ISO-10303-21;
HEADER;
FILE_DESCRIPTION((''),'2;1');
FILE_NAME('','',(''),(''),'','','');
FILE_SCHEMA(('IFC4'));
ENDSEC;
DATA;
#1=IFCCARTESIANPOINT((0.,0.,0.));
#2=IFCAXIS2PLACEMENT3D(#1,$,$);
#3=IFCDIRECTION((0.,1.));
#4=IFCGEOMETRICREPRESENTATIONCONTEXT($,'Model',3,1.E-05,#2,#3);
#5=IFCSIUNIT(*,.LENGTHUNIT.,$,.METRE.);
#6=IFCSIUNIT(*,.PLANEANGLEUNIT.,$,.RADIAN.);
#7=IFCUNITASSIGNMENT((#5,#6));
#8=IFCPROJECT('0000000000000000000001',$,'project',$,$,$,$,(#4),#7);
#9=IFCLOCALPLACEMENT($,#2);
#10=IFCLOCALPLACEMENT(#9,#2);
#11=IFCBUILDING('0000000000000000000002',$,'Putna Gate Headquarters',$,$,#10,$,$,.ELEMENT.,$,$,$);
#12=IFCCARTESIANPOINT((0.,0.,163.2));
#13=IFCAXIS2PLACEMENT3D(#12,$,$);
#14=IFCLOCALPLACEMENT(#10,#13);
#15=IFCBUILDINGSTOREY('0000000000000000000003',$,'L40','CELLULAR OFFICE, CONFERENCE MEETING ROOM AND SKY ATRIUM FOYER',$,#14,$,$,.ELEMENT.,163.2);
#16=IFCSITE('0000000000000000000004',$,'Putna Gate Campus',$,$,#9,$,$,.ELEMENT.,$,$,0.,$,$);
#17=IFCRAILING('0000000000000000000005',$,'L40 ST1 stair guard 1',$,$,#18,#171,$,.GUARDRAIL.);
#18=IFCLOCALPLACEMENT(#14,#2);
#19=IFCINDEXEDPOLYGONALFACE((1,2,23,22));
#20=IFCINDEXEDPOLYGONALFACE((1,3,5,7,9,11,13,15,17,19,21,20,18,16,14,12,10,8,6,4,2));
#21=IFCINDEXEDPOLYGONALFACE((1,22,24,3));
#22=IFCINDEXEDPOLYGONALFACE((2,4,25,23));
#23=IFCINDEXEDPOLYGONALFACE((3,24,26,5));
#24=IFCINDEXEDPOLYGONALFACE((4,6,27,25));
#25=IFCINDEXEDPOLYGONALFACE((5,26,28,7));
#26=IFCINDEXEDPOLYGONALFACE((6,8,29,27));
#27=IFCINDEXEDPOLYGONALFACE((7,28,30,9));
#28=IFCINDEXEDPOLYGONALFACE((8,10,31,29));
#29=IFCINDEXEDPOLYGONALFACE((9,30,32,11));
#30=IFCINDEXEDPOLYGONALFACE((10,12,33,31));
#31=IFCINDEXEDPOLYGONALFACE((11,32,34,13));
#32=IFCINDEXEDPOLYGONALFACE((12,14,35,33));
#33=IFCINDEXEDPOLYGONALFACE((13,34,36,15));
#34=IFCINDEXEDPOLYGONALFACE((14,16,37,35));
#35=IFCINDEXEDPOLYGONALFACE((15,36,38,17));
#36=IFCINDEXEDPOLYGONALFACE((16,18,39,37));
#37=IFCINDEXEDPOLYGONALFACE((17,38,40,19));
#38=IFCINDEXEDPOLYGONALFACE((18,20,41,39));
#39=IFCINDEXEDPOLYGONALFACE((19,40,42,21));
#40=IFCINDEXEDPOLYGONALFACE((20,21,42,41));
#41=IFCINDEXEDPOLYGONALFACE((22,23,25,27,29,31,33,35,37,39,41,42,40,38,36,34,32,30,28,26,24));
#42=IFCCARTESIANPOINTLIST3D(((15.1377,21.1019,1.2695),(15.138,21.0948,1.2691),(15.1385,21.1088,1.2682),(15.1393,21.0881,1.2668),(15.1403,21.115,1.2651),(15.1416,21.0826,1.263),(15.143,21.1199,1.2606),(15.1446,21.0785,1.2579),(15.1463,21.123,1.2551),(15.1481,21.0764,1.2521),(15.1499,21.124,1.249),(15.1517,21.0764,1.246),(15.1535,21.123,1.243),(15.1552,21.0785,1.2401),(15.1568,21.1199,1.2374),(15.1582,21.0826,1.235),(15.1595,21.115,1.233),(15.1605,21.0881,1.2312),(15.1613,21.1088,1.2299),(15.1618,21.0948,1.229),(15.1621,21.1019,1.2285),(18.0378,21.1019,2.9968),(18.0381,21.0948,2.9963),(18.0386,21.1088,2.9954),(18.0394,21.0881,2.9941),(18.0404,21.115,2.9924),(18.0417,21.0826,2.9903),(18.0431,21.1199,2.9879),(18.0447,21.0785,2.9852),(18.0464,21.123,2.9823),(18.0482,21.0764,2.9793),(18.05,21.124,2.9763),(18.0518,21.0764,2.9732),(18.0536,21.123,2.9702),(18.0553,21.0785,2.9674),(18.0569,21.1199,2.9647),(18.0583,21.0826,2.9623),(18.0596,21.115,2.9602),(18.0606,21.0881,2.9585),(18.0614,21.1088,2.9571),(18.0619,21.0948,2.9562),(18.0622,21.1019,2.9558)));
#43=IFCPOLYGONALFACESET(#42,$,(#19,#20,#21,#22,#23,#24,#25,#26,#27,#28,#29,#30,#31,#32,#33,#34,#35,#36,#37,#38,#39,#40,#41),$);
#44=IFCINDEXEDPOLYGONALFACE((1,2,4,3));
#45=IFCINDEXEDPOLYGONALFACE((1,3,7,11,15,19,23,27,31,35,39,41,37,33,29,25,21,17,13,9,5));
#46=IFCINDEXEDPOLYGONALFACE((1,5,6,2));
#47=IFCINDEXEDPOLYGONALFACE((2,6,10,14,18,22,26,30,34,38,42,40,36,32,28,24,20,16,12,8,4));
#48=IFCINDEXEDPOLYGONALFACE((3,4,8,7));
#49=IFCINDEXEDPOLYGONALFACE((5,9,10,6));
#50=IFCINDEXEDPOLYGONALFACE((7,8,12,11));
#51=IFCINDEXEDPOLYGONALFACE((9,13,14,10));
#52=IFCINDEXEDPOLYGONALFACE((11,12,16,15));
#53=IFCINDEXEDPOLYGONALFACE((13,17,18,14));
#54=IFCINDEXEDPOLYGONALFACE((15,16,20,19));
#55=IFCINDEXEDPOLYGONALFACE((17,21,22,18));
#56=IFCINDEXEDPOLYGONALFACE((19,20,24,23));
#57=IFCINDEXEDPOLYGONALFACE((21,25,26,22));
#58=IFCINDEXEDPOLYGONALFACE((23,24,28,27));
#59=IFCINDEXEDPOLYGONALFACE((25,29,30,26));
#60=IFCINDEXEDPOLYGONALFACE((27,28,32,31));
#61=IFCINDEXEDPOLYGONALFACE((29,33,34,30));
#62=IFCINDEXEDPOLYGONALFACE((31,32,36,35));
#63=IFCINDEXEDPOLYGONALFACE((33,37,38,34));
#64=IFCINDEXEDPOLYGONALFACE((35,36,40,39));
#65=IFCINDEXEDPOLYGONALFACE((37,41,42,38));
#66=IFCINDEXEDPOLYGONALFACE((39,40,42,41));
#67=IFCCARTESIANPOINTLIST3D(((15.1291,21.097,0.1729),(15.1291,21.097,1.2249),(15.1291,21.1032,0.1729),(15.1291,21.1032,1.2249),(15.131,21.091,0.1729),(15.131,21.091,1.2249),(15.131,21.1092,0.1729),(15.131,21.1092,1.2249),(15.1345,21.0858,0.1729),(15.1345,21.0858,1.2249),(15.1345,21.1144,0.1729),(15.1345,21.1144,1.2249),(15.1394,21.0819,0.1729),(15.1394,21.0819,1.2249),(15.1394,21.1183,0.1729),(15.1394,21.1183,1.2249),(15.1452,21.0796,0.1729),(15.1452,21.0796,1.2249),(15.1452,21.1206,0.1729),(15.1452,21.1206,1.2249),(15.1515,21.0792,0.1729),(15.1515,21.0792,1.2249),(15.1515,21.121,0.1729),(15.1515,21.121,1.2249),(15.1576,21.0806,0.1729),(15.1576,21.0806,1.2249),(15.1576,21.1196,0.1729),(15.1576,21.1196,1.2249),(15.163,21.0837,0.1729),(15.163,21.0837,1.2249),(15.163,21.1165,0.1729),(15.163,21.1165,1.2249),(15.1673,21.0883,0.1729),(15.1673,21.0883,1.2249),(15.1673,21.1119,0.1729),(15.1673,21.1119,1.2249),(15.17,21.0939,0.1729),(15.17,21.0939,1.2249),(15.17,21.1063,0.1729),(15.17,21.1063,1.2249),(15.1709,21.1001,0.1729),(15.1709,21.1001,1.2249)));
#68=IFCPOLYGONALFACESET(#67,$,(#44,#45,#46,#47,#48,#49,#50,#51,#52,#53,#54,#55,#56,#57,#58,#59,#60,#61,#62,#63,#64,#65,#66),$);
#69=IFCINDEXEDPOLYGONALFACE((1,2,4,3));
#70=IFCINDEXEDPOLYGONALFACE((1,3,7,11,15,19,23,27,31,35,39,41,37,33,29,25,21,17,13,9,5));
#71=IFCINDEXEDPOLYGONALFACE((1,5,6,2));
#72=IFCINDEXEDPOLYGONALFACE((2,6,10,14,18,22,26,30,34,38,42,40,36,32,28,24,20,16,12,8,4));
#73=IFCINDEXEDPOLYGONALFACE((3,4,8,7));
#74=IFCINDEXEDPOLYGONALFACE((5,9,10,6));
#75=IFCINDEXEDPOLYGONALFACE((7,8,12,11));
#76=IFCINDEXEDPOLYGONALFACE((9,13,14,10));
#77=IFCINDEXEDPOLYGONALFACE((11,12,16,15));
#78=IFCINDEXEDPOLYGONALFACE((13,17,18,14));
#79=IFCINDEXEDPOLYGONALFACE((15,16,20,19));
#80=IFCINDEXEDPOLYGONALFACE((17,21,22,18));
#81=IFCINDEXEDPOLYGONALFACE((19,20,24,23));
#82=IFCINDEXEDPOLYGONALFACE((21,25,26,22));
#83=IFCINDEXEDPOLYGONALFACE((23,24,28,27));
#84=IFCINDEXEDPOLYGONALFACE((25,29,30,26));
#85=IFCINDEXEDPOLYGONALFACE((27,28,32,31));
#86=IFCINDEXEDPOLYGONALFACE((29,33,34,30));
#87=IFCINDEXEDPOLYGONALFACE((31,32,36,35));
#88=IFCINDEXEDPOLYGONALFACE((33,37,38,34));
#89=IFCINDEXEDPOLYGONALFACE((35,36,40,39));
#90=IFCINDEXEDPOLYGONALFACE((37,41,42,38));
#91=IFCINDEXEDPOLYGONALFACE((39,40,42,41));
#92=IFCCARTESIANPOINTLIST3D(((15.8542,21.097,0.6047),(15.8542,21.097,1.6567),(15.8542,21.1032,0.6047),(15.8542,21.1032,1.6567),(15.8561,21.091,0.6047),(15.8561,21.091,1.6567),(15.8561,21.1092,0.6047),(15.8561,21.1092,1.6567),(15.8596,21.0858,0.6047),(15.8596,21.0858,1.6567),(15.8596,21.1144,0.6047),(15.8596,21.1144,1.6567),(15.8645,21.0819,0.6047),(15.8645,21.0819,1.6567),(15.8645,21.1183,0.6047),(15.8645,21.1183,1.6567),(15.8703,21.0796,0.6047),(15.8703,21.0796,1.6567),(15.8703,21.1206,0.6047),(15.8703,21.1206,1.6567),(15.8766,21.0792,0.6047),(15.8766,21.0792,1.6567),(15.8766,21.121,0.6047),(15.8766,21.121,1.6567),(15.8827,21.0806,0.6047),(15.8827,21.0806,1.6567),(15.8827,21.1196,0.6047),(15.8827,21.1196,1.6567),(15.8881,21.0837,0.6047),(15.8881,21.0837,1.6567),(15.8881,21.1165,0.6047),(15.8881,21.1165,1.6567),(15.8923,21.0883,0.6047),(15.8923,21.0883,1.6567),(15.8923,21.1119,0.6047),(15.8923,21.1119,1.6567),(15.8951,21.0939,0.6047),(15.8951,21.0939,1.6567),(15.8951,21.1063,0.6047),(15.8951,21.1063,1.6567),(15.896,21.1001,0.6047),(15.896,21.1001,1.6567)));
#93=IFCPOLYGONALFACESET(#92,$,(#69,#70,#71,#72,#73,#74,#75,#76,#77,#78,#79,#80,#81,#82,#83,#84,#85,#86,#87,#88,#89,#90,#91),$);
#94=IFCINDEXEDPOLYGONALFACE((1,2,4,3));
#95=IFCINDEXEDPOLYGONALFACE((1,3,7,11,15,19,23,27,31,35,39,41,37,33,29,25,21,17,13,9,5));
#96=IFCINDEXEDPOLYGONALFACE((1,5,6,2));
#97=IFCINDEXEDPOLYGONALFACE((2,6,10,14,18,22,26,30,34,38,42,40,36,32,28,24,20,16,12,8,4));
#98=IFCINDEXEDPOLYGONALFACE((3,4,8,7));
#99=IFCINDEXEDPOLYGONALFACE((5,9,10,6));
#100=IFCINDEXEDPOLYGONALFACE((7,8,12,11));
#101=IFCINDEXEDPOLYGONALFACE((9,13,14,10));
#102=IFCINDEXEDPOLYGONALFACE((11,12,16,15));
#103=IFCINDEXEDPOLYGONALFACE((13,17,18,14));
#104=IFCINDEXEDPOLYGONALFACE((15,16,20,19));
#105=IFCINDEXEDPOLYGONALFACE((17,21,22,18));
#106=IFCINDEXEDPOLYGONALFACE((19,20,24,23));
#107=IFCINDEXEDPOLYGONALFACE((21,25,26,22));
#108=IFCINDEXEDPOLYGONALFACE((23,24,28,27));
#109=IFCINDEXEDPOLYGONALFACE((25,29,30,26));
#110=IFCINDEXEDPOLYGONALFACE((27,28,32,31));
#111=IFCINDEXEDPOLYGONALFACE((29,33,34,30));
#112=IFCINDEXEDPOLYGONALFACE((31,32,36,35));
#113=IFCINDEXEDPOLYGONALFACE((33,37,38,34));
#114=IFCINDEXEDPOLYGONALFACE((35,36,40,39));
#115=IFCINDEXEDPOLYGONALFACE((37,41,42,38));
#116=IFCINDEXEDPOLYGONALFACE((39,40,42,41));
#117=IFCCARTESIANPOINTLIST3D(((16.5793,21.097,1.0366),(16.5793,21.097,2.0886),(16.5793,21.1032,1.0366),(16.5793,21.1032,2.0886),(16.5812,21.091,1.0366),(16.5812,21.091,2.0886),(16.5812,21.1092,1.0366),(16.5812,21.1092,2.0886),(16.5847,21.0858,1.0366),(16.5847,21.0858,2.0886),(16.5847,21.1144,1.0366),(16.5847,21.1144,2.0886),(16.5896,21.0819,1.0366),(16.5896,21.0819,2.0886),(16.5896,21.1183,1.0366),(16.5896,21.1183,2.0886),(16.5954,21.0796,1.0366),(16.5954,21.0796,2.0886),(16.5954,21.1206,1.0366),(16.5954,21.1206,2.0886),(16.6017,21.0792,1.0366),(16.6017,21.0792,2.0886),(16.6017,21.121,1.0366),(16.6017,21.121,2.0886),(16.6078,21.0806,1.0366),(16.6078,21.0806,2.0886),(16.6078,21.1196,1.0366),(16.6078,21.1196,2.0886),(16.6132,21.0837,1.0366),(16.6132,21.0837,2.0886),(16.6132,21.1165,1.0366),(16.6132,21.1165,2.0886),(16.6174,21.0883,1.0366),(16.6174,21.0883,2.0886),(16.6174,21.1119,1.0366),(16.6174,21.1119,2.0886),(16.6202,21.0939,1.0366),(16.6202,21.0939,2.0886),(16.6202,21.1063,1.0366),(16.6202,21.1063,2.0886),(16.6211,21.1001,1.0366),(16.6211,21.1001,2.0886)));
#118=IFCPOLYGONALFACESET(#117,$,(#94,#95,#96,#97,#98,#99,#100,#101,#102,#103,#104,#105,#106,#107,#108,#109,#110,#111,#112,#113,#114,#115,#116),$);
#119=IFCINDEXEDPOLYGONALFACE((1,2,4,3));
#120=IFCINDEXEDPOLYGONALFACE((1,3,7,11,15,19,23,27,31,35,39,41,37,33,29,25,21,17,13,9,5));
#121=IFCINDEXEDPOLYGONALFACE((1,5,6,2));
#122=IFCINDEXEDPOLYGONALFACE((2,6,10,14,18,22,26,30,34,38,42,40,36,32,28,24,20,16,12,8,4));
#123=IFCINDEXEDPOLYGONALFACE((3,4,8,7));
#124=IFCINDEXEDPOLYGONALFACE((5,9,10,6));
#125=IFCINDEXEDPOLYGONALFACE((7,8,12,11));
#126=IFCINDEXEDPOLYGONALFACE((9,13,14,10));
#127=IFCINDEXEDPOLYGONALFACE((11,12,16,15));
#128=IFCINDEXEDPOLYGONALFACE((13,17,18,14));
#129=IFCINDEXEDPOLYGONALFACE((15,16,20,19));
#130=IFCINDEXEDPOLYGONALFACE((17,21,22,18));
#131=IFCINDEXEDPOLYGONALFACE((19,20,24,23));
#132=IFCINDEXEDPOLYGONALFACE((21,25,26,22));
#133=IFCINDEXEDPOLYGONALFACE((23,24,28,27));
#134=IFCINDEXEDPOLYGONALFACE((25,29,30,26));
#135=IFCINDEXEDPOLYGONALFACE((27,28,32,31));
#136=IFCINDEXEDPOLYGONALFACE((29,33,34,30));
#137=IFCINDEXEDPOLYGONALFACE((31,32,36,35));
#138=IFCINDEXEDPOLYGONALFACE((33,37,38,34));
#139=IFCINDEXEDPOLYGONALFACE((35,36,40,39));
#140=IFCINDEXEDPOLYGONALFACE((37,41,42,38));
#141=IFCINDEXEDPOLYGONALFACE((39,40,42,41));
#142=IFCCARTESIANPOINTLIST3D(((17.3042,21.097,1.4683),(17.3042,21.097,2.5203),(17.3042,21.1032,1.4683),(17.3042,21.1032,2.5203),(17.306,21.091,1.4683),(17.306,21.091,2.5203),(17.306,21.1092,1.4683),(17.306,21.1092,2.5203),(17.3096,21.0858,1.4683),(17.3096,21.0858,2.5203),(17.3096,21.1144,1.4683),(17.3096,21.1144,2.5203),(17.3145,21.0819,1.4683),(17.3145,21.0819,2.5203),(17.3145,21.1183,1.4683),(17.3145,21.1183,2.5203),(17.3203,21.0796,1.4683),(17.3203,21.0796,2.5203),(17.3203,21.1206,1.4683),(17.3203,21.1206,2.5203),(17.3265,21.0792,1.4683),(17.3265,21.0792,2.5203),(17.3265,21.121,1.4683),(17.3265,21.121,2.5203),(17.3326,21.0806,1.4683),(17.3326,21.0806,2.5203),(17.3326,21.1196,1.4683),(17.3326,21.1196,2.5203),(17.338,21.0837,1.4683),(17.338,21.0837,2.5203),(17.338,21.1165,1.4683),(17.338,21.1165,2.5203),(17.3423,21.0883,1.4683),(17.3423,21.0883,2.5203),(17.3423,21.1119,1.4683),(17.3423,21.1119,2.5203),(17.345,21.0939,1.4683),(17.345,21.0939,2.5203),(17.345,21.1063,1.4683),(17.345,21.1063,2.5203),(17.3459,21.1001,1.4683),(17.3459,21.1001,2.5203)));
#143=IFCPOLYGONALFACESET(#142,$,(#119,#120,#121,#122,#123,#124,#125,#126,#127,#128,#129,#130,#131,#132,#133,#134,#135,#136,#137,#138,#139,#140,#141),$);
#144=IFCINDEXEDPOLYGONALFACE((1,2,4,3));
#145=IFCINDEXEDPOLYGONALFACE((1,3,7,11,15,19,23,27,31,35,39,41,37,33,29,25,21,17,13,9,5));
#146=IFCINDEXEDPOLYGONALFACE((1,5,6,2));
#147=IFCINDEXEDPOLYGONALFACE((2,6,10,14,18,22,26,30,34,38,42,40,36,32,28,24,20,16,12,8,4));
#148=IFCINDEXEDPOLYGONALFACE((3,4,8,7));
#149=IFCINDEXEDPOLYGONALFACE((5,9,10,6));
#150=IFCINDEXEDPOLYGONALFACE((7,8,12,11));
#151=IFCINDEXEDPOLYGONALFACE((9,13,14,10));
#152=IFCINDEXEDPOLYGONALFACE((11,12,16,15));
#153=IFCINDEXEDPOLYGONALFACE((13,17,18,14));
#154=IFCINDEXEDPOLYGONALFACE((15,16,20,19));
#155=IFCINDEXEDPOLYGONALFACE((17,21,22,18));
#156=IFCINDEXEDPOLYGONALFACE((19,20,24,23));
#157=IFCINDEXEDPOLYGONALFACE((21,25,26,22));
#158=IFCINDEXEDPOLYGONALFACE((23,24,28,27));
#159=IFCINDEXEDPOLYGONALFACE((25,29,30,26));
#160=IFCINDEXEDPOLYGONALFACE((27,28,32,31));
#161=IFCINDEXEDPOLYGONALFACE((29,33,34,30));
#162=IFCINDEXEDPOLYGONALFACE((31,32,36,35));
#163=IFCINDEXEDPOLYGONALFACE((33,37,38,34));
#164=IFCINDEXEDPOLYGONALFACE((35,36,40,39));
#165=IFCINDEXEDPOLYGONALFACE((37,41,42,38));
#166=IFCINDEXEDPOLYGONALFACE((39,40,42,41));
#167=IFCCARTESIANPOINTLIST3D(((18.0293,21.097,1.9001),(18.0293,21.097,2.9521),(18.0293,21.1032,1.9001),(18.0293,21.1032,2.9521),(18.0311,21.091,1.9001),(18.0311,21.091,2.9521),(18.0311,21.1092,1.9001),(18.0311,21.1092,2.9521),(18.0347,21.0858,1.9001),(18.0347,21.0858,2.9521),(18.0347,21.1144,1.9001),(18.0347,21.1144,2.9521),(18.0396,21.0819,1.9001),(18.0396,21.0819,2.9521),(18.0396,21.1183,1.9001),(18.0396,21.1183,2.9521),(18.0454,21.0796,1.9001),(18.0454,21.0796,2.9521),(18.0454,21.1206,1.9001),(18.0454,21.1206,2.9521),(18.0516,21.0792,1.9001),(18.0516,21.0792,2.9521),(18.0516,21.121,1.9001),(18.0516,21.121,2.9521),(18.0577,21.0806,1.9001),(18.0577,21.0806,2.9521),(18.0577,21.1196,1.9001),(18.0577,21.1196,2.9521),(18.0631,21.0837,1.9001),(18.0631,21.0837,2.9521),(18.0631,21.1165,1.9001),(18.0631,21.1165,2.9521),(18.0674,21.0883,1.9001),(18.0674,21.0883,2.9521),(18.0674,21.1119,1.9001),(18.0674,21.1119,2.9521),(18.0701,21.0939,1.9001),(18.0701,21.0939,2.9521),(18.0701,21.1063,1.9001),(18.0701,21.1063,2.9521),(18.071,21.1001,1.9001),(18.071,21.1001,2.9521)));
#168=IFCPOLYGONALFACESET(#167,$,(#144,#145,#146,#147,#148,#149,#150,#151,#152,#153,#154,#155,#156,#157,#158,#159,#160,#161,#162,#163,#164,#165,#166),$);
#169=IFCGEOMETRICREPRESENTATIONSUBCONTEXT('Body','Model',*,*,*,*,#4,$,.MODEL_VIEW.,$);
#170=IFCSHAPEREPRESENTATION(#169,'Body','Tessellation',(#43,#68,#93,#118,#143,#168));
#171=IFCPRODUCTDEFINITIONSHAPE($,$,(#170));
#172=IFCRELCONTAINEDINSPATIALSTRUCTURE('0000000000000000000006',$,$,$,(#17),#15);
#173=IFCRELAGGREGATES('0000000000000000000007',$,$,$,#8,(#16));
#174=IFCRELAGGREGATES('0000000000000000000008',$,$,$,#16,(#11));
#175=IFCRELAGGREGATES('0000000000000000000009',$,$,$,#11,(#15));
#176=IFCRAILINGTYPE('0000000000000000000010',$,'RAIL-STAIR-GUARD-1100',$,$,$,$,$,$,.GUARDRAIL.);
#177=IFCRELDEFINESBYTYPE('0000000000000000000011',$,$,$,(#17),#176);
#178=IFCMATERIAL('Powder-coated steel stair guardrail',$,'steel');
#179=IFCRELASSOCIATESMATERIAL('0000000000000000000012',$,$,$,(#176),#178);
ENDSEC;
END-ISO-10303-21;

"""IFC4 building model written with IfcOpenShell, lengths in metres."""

from ifc_helpers import new_model, si_unit, direction, frame, origin, origin_2d, place, context, subcontext, project, spatial, circle, extrude, material, type_object, element, save


model = new_model("IFC4")

# Units and contexts
model_context = context("Model", 3, precision=1e-05, world=origin(), true_north=direction((0.0, 1.0)))
body_context = subcontext(model_context, "Body", "Model", "MODEL_VIEW")
ifc_project = project(units=[si_unit("LENGTHUNIT", "METRE"), si_unit("PLANEANGLEUNIT", "RADIAN")], contexts=[model_context])

# Site, building, storey
site_placement = place(None, origin())
site = spatial("IfcSite", under=ifc_project, at=site_placement, Name="Putna Gate Campus", CompositionType="ELEMENT", RefElevation=0.0)
building_placement = place(site_placement, origin())
building = spatial("IfcBuilding", under=site, at=building_placement, Name="Putna Gate Headquarters", CompositionType="ELEMENT")
storey_placement = place(building_placement, frame((0.0, 0.0, 163.2)))
storey = spatial("IfcBuildingStorey", under=building, at=storey_placement, Name="L40", Description="CELLULAR OFFICE, CONFERENCE MEETING ROOM AND SKY ATRIUM FOYER", CompositionType="ELEMENT", Elevation=163.2)

# Railing
ifc_material_1 = material(Name="Powder-coated steel stair guardrail", Category="steel")
railing_type_1 = type_object("IfcRailingType", Name="RAIL-STAIR-GUARD-1100", PredefinedType="GUARDRAIL", material=ifc_material_1)
railing_1_placement = place(storey_placement, frame((15.1499, 21.1001, 0.1729)))
element("IfcRailing", 1, at=railing_1_placement, inside=storey, type_object=railing_type_1, Name="L40 ST1 stair guard 1", PredefinedType="GUARDRAIL", context=body_context, shape_type="SweptSolid", body=[
    extrude(circle(Radius=0.0239, at=origin_2d()), frame((0.0, 0.0, 1.0762), z_axis=(0.85916, 0.0, 0.511706), x_axis=(0.0, 1.0, 0.0)), (0.0, 0.0, 1.0), 3.3755),
    extrude(circle(Radius=0.021, at=origin_2d()), origin(), (0.0, 0.0, 1.0), 1.052),
    extrude(circle(Radius=0.021, at=origin_2d()), frame((0.7251, 0.0, 0.4319)), (0.0, 0.0, 1.0), 1.052),
    extrude(circle(Radius=0.021, at=origin_2d()), frame((1.4502, 0.0, 0.8638)), (0.0, 0.0, 1.0), 1.052),
    extrude(circle(Radius=0.021, at=origin_2d()), frame((2.175, 0.0, 1.2954)), (0.0, 0.0, 1.0), 1.052),
    extrude(circle(Radius=0.021, at=origin_2d()), frame((2.9001, 0.0, 1.7273)), (0.0, 0.0, 1.0), 1.052),
])

save(model, "model.ifc")
